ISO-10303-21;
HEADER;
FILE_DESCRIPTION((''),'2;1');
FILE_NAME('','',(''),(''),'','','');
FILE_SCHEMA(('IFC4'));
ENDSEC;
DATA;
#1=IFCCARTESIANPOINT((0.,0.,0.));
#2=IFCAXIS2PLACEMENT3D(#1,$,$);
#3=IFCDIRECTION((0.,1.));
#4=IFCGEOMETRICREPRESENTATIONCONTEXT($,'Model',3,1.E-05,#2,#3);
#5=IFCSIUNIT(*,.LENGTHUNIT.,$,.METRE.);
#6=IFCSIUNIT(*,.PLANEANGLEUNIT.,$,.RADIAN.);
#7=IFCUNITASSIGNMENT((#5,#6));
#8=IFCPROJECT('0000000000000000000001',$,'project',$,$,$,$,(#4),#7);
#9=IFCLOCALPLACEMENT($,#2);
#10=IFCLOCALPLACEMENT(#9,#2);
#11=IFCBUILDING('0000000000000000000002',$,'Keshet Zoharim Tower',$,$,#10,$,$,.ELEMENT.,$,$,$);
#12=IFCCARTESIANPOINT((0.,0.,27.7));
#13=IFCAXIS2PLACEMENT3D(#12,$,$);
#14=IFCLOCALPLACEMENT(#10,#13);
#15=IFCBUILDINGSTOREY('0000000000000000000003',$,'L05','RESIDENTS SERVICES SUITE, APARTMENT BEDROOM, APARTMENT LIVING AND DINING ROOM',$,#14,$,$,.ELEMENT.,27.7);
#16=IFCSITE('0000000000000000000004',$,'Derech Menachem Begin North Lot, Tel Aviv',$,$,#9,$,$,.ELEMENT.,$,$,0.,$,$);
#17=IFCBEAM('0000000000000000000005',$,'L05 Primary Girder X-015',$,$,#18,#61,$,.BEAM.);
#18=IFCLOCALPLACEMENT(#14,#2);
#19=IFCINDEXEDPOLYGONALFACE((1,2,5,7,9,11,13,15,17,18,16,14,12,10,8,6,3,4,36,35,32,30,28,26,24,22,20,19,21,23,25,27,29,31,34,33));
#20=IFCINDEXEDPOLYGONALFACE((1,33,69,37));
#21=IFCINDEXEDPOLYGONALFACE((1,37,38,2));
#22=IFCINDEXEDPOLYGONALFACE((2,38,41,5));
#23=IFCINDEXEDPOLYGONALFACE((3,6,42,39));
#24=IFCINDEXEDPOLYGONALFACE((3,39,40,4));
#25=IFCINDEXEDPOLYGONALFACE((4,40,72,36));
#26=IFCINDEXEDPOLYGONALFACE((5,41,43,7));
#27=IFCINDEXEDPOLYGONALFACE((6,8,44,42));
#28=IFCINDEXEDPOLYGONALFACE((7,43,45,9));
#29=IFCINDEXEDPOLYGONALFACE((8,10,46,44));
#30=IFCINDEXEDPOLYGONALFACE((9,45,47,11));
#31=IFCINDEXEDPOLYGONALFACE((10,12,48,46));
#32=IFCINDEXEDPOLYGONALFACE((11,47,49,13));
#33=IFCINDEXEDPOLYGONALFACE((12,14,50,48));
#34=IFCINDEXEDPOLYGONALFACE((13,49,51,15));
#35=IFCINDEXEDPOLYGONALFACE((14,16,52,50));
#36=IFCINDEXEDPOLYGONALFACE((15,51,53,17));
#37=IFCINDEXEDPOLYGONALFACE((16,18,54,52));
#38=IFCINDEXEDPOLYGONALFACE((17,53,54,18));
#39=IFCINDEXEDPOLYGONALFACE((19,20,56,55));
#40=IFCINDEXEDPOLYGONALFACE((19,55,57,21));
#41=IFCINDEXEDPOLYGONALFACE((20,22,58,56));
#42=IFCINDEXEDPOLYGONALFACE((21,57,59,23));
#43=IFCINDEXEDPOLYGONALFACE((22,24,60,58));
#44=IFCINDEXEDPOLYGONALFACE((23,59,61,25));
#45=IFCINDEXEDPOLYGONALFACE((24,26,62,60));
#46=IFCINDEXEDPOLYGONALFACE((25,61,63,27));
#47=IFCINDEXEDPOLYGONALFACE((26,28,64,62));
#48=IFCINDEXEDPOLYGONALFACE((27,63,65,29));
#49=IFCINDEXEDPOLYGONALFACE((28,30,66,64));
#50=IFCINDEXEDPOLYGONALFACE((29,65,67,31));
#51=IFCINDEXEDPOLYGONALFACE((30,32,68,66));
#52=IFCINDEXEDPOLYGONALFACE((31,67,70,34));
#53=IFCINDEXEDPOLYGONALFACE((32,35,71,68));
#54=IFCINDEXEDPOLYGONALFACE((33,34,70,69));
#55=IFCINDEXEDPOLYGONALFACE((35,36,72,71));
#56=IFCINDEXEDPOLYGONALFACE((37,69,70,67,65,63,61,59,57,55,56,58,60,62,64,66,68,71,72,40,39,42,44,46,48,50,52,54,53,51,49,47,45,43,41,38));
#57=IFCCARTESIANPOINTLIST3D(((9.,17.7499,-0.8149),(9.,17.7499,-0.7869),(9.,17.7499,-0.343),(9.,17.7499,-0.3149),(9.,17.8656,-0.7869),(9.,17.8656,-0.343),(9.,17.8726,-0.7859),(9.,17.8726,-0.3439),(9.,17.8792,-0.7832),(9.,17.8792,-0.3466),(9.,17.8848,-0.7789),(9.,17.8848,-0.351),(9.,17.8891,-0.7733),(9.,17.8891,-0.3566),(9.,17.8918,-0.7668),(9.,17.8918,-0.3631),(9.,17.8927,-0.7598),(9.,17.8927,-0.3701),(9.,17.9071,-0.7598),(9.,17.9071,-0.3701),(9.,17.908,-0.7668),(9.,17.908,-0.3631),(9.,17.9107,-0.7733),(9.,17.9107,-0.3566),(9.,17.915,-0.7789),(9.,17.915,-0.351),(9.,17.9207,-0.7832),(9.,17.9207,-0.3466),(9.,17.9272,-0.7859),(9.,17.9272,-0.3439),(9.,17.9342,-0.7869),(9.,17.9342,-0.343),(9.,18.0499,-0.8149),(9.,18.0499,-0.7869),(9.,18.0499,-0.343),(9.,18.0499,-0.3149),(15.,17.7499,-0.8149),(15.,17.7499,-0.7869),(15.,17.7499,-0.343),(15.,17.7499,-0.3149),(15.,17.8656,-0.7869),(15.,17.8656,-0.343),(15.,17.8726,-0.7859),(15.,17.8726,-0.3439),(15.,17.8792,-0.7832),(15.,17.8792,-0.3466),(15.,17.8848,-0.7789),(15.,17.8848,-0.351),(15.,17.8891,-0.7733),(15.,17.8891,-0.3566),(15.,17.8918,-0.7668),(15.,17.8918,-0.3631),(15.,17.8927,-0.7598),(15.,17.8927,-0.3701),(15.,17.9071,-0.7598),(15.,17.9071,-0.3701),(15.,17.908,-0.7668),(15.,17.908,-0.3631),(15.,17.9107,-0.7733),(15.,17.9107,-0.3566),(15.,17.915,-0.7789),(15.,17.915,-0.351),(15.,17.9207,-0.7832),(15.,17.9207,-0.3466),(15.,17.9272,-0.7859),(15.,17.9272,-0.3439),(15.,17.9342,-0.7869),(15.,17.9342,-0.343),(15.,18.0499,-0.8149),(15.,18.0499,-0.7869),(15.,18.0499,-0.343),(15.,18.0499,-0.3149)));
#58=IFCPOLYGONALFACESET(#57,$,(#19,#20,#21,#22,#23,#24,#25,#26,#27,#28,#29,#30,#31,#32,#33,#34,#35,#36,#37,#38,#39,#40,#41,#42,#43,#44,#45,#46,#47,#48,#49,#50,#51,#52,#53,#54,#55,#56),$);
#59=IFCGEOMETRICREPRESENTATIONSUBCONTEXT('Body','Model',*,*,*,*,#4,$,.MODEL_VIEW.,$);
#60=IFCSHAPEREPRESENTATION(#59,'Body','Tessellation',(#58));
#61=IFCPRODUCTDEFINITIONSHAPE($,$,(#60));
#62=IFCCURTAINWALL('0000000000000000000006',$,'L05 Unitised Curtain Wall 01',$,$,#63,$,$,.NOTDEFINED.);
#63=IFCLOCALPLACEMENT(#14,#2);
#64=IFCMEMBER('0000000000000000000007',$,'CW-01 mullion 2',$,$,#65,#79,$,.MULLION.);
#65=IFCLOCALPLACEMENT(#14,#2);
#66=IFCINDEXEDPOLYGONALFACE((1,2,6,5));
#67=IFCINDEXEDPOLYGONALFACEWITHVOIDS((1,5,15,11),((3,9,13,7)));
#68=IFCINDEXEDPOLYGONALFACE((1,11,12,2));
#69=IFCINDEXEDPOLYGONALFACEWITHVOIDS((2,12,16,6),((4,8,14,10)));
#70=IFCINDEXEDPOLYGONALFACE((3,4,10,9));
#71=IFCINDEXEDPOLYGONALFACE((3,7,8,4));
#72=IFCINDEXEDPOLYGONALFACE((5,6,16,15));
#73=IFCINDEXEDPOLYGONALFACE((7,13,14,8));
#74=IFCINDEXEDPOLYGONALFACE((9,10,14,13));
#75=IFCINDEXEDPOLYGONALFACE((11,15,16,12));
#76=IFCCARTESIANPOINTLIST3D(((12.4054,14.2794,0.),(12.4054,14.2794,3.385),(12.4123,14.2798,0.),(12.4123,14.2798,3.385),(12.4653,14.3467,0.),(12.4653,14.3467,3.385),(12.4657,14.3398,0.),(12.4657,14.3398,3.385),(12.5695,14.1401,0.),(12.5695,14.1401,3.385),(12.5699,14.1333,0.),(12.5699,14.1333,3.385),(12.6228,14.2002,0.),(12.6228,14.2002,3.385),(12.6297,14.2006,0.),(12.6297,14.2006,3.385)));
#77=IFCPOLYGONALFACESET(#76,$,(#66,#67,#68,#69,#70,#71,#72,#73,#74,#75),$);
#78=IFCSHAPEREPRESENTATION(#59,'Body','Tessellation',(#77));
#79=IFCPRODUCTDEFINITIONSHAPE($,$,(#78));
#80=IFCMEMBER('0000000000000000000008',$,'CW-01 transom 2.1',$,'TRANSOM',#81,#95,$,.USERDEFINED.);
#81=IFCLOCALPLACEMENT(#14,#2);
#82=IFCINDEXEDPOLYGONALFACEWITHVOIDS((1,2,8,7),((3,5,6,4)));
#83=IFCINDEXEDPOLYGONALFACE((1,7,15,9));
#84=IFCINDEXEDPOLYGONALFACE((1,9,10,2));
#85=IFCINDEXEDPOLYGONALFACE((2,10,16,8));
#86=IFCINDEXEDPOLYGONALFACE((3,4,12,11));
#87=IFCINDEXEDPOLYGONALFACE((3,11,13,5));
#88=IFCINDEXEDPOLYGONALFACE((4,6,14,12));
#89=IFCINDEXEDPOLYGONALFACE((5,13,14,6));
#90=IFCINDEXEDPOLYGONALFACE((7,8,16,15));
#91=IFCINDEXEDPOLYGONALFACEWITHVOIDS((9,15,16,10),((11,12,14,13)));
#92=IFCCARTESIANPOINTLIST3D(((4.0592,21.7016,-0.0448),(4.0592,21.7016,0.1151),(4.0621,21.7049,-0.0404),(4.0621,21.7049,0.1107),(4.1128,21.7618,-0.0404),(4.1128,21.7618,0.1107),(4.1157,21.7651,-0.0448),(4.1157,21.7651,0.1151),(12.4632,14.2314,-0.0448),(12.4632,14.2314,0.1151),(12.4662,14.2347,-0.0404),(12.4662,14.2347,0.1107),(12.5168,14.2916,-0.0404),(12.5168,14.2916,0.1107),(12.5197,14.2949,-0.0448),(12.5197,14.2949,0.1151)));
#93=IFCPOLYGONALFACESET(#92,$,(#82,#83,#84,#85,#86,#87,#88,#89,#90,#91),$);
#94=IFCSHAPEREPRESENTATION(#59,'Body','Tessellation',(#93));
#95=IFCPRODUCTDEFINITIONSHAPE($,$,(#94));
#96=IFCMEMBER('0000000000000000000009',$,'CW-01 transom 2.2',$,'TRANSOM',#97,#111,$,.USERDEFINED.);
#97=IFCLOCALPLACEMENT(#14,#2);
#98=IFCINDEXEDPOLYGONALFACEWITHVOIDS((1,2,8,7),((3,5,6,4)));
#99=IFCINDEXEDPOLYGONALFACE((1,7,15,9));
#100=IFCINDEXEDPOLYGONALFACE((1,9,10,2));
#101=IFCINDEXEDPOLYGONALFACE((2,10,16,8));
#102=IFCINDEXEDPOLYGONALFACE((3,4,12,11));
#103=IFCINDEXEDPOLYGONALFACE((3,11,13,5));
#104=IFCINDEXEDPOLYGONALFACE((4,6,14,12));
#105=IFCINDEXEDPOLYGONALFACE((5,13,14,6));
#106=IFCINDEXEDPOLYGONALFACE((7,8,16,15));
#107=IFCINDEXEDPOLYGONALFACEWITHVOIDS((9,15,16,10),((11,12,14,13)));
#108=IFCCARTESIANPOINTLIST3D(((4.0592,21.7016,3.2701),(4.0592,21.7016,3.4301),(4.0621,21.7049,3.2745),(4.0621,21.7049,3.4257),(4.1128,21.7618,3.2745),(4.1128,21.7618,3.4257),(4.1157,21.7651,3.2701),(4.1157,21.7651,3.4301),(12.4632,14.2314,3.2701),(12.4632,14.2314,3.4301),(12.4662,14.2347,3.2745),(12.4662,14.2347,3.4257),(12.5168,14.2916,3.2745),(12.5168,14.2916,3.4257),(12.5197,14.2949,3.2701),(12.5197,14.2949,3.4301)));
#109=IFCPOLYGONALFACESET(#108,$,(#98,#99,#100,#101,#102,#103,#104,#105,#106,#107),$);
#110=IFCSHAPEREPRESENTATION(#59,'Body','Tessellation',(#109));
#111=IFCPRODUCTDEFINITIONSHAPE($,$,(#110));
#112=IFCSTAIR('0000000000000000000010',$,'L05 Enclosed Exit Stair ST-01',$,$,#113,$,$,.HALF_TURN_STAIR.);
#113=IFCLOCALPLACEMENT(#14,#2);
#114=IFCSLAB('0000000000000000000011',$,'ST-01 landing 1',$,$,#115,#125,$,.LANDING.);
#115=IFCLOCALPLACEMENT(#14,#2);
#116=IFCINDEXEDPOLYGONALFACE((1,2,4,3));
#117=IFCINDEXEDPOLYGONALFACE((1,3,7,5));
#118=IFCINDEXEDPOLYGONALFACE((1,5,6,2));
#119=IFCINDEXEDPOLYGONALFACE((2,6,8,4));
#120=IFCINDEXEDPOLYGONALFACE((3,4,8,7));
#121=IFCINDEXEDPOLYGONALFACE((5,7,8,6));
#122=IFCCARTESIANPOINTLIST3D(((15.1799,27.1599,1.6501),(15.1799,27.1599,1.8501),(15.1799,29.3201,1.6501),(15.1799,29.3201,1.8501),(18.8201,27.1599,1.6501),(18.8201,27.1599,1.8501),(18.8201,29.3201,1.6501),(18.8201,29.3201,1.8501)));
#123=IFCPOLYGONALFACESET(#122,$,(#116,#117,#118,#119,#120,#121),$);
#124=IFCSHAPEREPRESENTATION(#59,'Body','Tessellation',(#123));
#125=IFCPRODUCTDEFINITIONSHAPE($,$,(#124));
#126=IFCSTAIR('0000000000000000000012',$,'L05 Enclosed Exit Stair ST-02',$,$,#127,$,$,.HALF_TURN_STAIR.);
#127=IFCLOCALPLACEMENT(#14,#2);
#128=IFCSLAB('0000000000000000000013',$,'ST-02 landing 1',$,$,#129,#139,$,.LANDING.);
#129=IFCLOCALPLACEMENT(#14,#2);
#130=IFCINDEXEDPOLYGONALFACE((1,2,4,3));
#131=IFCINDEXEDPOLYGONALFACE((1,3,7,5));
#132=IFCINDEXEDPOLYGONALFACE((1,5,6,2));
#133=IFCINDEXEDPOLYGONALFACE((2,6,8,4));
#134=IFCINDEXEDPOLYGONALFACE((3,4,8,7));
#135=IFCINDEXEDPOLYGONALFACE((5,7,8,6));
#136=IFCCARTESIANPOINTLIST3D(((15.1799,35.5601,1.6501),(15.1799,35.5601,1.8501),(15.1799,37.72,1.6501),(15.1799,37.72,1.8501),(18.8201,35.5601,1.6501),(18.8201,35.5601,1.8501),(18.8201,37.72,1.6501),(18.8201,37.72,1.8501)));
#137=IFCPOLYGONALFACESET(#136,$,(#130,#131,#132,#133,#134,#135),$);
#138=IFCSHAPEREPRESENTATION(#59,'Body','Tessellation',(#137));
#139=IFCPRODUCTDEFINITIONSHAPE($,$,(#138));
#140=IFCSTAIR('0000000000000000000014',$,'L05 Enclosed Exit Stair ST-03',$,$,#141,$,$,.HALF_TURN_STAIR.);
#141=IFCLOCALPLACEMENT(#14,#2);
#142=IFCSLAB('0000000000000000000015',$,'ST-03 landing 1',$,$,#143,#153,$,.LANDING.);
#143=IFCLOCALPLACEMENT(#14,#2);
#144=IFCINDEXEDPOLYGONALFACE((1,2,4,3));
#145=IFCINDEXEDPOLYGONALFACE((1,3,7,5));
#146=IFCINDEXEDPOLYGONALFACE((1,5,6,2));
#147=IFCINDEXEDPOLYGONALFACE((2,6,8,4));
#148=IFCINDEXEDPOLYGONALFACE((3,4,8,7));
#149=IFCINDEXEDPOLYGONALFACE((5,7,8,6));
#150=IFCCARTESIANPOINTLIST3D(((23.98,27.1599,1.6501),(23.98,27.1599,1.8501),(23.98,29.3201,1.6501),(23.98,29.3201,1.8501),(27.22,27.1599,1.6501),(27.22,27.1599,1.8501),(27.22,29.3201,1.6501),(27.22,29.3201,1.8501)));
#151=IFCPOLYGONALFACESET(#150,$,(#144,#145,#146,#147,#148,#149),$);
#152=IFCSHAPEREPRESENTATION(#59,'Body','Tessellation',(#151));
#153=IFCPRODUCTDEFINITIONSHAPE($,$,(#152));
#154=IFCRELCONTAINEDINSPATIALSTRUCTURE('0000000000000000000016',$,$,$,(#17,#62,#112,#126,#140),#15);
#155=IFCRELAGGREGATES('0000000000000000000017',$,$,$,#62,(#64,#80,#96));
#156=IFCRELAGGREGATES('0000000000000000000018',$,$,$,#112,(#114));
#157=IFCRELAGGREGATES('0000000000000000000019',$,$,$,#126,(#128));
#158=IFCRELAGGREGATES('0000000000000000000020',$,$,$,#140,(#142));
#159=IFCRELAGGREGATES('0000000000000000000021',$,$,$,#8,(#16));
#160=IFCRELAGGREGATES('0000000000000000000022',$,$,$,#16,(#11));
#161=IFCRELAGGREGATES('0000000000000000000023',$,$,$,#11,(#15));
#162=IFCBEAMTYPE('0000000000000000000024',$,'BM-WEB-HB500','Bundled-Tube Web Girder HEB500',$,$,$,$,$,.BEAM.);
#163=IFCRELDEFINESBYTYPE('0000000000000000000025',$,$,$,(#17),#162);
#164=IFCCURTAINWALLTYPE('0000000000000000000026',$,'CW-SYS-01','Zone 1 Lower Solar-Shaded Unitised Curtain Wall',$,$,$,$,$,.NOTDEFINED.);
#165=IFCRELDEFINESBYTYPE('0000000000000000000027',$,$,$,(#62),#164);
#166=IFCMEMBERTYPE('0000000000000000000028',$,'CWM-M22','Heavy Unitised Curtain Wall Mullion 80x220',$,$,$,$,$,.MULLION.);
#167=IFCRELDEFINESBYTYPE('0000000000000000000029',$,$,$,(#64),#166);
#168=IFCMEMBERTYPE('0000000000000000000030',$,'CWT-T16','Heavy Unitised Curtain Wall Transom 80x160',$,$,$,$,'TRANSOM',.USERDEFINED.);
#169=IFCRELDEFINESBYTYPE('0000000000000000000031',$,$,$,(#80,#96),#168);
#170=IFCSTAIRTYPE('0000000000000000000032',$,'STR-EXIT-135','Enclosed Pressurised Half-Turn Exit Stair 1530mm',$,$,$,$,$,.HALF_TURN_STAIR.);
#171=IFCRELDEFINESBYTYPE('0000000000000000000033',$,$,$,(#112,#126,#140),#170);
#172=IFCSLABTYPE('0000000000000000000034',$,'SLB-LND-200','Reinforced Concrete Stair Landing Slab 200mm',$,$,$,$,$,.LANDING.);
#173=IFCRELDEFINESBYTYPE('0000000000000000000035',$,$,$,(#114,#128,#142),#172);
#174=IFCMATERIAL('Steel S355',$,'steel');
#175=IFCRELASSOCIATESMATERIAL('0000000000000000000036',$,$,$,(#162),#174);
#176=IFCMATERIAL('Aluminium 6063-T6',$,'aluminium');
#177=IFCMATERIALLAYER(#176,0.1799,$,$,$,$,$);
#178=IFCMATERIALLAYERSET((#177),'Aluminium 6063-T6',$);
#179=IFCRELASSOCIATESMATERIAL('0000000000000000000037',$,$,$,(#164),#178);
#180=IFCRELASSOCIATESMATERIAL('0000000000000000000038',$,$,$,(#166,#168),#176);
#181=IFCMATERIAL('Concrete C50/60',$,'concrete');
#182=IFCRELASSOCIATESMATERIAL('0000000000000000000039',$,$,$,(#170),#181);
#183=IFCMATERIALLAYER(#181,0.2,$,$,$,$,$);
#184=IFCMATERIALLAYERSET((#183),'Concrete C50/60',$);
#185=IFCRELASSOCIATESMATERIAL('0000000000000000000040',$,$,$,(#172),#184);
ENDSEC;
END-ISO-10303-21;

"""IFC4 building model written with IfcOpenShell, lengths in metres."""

from ifc_helpers import new_model, si_unit, direction, frame, origin, origin_2d, place, context, subcontext, project, spatial, polyline, hollow_rectangle, i_section, outline, extrude, material, layer, layer_set, material_profile, profile_set, type_object, element, aggregate, save


model = new_model("IFC4")

# Units and contexts
model_context = context("Model", 3, precision=1e-05, world=origin(), true_north=direction((0.0, 1.0)))
body_context = subcontext(model_context, "Body", "Model", "MODEL_VIEW")
ifc_project = project(units=[si_unit("LENGTHUNIT", "METRE"), si_unit("PLANEANGLEUNIT", "RADIAN")], contexts=[model_context])

# Site, building, storey
site_placement = place(None, origin())
site = spatial("IfcSite", under=ifc_project, at=site_placement, Name="Derech Menachem Begin North Lot, Tel Aviv", CompositionType="ELEMENT", RefElevation=0.0)
building_placement = place(site_placement, origin())
building = spatial("IfcBuilding", under=site, at=building_placement, Name="Keshet Zoharim Tower", CompositionType="ELEMENT")
storey_placement = place(building_placement, frame((0.0, 0.0, 27.7)))
storey = spatial("IfcBuildingStorey", under=building, at=storey_placement, Name="L05", Description="RESIDENTS SERVICES SUITE, APARTMENT BEDROOM, APARTMENT LIVING AND DINING ROOM", CompositionType="ELEMENT", Elevation=27.7)

# Shared definitions
ifc_material_1 = material(Name="Steel S355", Category="steel")

# Beam
ifc_material_profile_1 = material_profile(ifc_material_1, i_section(OverallWidth=0.3, OverallDepth=0.5, WebThickness=0.0144, FlangeThickness=0.0281, FilletRadius=0.0271, at=origin_2d()), Name="HEB500")
ifc_profile_set_1 = profile_set([ifc_material_profile_1], Name="Steel S355")
beam_type_1 = type_object("IfcBeamType", Name="BM-WEB-HB500", Description="Bundled-Tube Web Girder HEB500", PredefinedType="BEAM", material=ifc_profile_set_1)
beam_1_placement = place(storey_placement, frame((9.0, 17.8999, -0.5649), z_axis=(1.0, 0.0, 0.0), x_axis=(0.0, 1.0, 0.0)))
element("IfcBeam", 1, at=beam_1_placement, inside=storey, type_object=beam_type_1, Name="L05 Primary Girder X-015", PredefinedType="BEAM", context=body_context, shape_type="SweptSolid", body=[
    extrude(i_section(OverallWidth=0.3, OverallDepth=0.5, WebThickness=0.0144, FlangeThickness=0.0281, FilletRadius=0.0271, at=origin_2d()), origin(), (0.0, 0.0, 1.0), 6.0),
])

# Curtain wall, members
ifc_material_2 = material(Name="Aluminium 6063-T6", Category="aluminium")
ifc_layer_1 = layer(ifc_material_2, 0.1799)
ifc_layer_set_1 = layer_set([ifc_layer_1], Name="Aluminium 6063-T6")
curtain_wall_type = type_object("IfcCurtainWallType", Name="CW-SYS-01", Description="Zone 1 Lower Solar-Shaded Unitised Curtain Wall", PredefinedType="NOTDEFINED", material=ifc_layer_set_1)
curtain_wall_placement = place(storey_placement, origin())
curtain_wall = element("IfcCurtainWall", 2, at=curtain_wall_placement, inside=storey, type_object=curtain_wall_type, Name="L05 Unitised Curtain Wall 01", PredefinedType="NOTDEFINED")
ifc_material_profile_2 = material_profile(ifc_material_2, hollow_rectangle(XDim=0.0901, YDim=0.22, WallThickness=0.0049, at=origin_2d()), Name="MUL-90x220")
ifc_profile_set_2 = profile_set([ifc_material_profile_2], Name="Aluminium 6063-T6")
member_type_1 = type_object("IfcMemberType", Name="CWM-M22", Description="Heavy Unitised Curtain Wall Mullion 80x220", PredefinedType="MULLION", material=ifc_profile_set_2)
member_1_placement = place(storey_placement, frame((12.5176, 14.24, 0.0), z_axis=(0.0, 0.0, 1.0), x_axis=(-0.664364, -0.747409, 0.0)))
member_1 = element("IfcMember", 3, at=member_1_placement, type_object=member_type_1, Name="CW-01 mullion 2", PredefinedType="MULLION", context=body_context, shape_type="SweptSolid", body=[
    extrude(hollow_rectangle(XDim=0.0901, YDim=0.22, WallThickness=0.0049, at=origin_2d()), origin(), (0.0, 0.0, 1.0), 3.385),
])
ifc_material_profile_3 = material_profile(ifc_material_2, hollow_rectangle(XDim=0.085, YDim=0.1599, WallThickness=0.0044, at=origin_2d()), Name="TRN-85x160")
ifc_profile_set_3 = profile_set([ifc_material_profile_3], Name="Aluminium 6063-T6")
member_type_2 = type_object("IfcMemberType", Name="CWT-T16", Description="Heavy Unitised Curtain Wall Transom 80x160", ElementType="TRANSOM", PredefinedType="USERDEFINED", material=ifc_profile_set_3)
member_2_placement = place(storey_placement, frame((12.4915, 14.2632, 0.0352), z_axis=(-0.747412, 0.664361, 0.0), x_axis=(-0.664361, -0.747412, 0.0)))
member_2 = element("IfcMember", 4, at=member_2_placement, type_object=member_type_2, Name="CW-01 transom 2.1", ObjectType="TRANSOM", PredefinedType="USERDEFINED", context=body_context, shape_type="SweptSolid", body=[
    extrude(hollow_rectangle(XDim=0.085, YDim=0.1599, WallThickness=0.0044, at=origin_2d()), origin(), (0.0, 0.0, 1.0), 11.2441),
])
member_3_placement = place(storey_placement, frame((12.4915, 14.2632, 3.3501), z_axis=(-0.747412, 0.664361, 0.0), x_axis=(-0.664361, -0.747412, 0.0)))
member_3 = element("IfcMember", 5, at=member_3_placement, type_object=member_type_2, Name="CW-01 transom 2.2", ObjectType="TRANSOM", PredefinedType="USERDEFINED", context=body_context, shape_type="SweptSolid", body=[
    extrude(hollow_rectangle(XDim=0.085, YDim=0.1599, WallThickness=0.0044, at=origin_2d()), origin(), (0.0, 0.0, 1.0), 11.2441),
])
aggregate(curtain_wall, [member_1, member_2, member_3])

# Stairs, slabs
ifc_material_3 = material(Name="Concrete C50/60", Category="concrete")
stair_type = type_object("IfcStairType", Name="STR-EXIT-135", Description="Enclosed Pressurised Half-Turn Exit Stair 1530mm", PredefinedType="HALF_TURN_STAIR", material=ifc_material_3)
stair_1_placement = place(storey_placement, origin())
stair_1 = element("IfcStair", 6, at=stair_1_placement, inside=storey, type_object=stair_type, Name="L05 Enclosed Exit Stair ST-01", PredefinedType="HALF_TURN_STAIR")
ifc_layer_2 = layer(ifc_material_3, 0.2)
ifc_layer_set_2 = layer_set([ifc_layer_2], Name="Concrete C50/60")
slab_type_1 = type_object("IfcSlabType", Name="SLB-LND-200", Description="Reinforced Concrete Stair Landing Slab 200mm", PredefinedType="LANDING", material=ifc_layer_set_2)
slab_1_placement = place(storey_placement, frame((0.0, 0.0, 1.6501)))
slab_1 = element("IfcSlab", 7, at=slab_1_placement, type_object=slab_type_1, Name="ST-01 landing 1", PredefinedType="LANDING", context=body_context, shape_type="SweptSolid", body=[
    extrude(outline(polyline([(15.1799, 27.1599), (18.8201, 27.1599), (18.8201, 29.3201), (15.1799, 29.3201), (15.1799, 27.1599)])), origin(), (0.0, 0.0, 1.0), 0.2),
])
aggregate(stair_1, [slab_1])
stair_2_placement = place(storey_placement, origin())
stair_2 = element("IfcStair", 8, at=stair_2_placement, inside=storey, type_object=stair_type, Name="L05 Enclosed Exit Stair ST-02", PredefinedType="HALF_TURN_STAIR")
slab_2_placement = place(storey_placement, frame((0.0, 0.0, 1.6501)))
slab_2 = element("IfcSlab", 9, at=slab_2_placement, type_object=slab_type_1, Name="ST-02 landing 1", PredefinedType="LANDING", context=body_context, shape_type="SweptSolid", body=[
    extrude(outline(polyline([(15.1799, 35.5601), (18.8201, 35.5601), (18.8201, 37.72), (15.1799, 37.72), (15.1799, 35.5601)])), origin(), (0.0, 0.0, 1.0), 0.2),
])
aggregate(stair_2, [slab_2])
stair_3_placement = place(storey_placement, origin())
stair_3 = element("IfcStair", 10, at=stair_3_placement, inside=storey, type_object=stair_type, Name="L05 Enclosed Exit Stair ST-03", PredefinedType="HALF_TURN_STAIR")
slab_3_placement = place(storey_placement, frame((0.0, 0.0, 1.6501)))
slab_3 = element("IfcSlab", 11, at=slab_3_placement, type_object=slab_type_1, Name="ST-03 landing 1", PredefinedType="LANDING", context=body_context, shape_type="SweptSolid", body=[
    extrude(outline(polyline([(23.98, 27.1599), (27.22, 27.1599), (27.22, 29.3201), (23.98, 29.3201), (23.98, 27.1599)])), origin(), (0.0, 0.0, 1.0), 0.2),
])
aggregate(stair_3, [slab_3])

save(model, "model.ifc")
